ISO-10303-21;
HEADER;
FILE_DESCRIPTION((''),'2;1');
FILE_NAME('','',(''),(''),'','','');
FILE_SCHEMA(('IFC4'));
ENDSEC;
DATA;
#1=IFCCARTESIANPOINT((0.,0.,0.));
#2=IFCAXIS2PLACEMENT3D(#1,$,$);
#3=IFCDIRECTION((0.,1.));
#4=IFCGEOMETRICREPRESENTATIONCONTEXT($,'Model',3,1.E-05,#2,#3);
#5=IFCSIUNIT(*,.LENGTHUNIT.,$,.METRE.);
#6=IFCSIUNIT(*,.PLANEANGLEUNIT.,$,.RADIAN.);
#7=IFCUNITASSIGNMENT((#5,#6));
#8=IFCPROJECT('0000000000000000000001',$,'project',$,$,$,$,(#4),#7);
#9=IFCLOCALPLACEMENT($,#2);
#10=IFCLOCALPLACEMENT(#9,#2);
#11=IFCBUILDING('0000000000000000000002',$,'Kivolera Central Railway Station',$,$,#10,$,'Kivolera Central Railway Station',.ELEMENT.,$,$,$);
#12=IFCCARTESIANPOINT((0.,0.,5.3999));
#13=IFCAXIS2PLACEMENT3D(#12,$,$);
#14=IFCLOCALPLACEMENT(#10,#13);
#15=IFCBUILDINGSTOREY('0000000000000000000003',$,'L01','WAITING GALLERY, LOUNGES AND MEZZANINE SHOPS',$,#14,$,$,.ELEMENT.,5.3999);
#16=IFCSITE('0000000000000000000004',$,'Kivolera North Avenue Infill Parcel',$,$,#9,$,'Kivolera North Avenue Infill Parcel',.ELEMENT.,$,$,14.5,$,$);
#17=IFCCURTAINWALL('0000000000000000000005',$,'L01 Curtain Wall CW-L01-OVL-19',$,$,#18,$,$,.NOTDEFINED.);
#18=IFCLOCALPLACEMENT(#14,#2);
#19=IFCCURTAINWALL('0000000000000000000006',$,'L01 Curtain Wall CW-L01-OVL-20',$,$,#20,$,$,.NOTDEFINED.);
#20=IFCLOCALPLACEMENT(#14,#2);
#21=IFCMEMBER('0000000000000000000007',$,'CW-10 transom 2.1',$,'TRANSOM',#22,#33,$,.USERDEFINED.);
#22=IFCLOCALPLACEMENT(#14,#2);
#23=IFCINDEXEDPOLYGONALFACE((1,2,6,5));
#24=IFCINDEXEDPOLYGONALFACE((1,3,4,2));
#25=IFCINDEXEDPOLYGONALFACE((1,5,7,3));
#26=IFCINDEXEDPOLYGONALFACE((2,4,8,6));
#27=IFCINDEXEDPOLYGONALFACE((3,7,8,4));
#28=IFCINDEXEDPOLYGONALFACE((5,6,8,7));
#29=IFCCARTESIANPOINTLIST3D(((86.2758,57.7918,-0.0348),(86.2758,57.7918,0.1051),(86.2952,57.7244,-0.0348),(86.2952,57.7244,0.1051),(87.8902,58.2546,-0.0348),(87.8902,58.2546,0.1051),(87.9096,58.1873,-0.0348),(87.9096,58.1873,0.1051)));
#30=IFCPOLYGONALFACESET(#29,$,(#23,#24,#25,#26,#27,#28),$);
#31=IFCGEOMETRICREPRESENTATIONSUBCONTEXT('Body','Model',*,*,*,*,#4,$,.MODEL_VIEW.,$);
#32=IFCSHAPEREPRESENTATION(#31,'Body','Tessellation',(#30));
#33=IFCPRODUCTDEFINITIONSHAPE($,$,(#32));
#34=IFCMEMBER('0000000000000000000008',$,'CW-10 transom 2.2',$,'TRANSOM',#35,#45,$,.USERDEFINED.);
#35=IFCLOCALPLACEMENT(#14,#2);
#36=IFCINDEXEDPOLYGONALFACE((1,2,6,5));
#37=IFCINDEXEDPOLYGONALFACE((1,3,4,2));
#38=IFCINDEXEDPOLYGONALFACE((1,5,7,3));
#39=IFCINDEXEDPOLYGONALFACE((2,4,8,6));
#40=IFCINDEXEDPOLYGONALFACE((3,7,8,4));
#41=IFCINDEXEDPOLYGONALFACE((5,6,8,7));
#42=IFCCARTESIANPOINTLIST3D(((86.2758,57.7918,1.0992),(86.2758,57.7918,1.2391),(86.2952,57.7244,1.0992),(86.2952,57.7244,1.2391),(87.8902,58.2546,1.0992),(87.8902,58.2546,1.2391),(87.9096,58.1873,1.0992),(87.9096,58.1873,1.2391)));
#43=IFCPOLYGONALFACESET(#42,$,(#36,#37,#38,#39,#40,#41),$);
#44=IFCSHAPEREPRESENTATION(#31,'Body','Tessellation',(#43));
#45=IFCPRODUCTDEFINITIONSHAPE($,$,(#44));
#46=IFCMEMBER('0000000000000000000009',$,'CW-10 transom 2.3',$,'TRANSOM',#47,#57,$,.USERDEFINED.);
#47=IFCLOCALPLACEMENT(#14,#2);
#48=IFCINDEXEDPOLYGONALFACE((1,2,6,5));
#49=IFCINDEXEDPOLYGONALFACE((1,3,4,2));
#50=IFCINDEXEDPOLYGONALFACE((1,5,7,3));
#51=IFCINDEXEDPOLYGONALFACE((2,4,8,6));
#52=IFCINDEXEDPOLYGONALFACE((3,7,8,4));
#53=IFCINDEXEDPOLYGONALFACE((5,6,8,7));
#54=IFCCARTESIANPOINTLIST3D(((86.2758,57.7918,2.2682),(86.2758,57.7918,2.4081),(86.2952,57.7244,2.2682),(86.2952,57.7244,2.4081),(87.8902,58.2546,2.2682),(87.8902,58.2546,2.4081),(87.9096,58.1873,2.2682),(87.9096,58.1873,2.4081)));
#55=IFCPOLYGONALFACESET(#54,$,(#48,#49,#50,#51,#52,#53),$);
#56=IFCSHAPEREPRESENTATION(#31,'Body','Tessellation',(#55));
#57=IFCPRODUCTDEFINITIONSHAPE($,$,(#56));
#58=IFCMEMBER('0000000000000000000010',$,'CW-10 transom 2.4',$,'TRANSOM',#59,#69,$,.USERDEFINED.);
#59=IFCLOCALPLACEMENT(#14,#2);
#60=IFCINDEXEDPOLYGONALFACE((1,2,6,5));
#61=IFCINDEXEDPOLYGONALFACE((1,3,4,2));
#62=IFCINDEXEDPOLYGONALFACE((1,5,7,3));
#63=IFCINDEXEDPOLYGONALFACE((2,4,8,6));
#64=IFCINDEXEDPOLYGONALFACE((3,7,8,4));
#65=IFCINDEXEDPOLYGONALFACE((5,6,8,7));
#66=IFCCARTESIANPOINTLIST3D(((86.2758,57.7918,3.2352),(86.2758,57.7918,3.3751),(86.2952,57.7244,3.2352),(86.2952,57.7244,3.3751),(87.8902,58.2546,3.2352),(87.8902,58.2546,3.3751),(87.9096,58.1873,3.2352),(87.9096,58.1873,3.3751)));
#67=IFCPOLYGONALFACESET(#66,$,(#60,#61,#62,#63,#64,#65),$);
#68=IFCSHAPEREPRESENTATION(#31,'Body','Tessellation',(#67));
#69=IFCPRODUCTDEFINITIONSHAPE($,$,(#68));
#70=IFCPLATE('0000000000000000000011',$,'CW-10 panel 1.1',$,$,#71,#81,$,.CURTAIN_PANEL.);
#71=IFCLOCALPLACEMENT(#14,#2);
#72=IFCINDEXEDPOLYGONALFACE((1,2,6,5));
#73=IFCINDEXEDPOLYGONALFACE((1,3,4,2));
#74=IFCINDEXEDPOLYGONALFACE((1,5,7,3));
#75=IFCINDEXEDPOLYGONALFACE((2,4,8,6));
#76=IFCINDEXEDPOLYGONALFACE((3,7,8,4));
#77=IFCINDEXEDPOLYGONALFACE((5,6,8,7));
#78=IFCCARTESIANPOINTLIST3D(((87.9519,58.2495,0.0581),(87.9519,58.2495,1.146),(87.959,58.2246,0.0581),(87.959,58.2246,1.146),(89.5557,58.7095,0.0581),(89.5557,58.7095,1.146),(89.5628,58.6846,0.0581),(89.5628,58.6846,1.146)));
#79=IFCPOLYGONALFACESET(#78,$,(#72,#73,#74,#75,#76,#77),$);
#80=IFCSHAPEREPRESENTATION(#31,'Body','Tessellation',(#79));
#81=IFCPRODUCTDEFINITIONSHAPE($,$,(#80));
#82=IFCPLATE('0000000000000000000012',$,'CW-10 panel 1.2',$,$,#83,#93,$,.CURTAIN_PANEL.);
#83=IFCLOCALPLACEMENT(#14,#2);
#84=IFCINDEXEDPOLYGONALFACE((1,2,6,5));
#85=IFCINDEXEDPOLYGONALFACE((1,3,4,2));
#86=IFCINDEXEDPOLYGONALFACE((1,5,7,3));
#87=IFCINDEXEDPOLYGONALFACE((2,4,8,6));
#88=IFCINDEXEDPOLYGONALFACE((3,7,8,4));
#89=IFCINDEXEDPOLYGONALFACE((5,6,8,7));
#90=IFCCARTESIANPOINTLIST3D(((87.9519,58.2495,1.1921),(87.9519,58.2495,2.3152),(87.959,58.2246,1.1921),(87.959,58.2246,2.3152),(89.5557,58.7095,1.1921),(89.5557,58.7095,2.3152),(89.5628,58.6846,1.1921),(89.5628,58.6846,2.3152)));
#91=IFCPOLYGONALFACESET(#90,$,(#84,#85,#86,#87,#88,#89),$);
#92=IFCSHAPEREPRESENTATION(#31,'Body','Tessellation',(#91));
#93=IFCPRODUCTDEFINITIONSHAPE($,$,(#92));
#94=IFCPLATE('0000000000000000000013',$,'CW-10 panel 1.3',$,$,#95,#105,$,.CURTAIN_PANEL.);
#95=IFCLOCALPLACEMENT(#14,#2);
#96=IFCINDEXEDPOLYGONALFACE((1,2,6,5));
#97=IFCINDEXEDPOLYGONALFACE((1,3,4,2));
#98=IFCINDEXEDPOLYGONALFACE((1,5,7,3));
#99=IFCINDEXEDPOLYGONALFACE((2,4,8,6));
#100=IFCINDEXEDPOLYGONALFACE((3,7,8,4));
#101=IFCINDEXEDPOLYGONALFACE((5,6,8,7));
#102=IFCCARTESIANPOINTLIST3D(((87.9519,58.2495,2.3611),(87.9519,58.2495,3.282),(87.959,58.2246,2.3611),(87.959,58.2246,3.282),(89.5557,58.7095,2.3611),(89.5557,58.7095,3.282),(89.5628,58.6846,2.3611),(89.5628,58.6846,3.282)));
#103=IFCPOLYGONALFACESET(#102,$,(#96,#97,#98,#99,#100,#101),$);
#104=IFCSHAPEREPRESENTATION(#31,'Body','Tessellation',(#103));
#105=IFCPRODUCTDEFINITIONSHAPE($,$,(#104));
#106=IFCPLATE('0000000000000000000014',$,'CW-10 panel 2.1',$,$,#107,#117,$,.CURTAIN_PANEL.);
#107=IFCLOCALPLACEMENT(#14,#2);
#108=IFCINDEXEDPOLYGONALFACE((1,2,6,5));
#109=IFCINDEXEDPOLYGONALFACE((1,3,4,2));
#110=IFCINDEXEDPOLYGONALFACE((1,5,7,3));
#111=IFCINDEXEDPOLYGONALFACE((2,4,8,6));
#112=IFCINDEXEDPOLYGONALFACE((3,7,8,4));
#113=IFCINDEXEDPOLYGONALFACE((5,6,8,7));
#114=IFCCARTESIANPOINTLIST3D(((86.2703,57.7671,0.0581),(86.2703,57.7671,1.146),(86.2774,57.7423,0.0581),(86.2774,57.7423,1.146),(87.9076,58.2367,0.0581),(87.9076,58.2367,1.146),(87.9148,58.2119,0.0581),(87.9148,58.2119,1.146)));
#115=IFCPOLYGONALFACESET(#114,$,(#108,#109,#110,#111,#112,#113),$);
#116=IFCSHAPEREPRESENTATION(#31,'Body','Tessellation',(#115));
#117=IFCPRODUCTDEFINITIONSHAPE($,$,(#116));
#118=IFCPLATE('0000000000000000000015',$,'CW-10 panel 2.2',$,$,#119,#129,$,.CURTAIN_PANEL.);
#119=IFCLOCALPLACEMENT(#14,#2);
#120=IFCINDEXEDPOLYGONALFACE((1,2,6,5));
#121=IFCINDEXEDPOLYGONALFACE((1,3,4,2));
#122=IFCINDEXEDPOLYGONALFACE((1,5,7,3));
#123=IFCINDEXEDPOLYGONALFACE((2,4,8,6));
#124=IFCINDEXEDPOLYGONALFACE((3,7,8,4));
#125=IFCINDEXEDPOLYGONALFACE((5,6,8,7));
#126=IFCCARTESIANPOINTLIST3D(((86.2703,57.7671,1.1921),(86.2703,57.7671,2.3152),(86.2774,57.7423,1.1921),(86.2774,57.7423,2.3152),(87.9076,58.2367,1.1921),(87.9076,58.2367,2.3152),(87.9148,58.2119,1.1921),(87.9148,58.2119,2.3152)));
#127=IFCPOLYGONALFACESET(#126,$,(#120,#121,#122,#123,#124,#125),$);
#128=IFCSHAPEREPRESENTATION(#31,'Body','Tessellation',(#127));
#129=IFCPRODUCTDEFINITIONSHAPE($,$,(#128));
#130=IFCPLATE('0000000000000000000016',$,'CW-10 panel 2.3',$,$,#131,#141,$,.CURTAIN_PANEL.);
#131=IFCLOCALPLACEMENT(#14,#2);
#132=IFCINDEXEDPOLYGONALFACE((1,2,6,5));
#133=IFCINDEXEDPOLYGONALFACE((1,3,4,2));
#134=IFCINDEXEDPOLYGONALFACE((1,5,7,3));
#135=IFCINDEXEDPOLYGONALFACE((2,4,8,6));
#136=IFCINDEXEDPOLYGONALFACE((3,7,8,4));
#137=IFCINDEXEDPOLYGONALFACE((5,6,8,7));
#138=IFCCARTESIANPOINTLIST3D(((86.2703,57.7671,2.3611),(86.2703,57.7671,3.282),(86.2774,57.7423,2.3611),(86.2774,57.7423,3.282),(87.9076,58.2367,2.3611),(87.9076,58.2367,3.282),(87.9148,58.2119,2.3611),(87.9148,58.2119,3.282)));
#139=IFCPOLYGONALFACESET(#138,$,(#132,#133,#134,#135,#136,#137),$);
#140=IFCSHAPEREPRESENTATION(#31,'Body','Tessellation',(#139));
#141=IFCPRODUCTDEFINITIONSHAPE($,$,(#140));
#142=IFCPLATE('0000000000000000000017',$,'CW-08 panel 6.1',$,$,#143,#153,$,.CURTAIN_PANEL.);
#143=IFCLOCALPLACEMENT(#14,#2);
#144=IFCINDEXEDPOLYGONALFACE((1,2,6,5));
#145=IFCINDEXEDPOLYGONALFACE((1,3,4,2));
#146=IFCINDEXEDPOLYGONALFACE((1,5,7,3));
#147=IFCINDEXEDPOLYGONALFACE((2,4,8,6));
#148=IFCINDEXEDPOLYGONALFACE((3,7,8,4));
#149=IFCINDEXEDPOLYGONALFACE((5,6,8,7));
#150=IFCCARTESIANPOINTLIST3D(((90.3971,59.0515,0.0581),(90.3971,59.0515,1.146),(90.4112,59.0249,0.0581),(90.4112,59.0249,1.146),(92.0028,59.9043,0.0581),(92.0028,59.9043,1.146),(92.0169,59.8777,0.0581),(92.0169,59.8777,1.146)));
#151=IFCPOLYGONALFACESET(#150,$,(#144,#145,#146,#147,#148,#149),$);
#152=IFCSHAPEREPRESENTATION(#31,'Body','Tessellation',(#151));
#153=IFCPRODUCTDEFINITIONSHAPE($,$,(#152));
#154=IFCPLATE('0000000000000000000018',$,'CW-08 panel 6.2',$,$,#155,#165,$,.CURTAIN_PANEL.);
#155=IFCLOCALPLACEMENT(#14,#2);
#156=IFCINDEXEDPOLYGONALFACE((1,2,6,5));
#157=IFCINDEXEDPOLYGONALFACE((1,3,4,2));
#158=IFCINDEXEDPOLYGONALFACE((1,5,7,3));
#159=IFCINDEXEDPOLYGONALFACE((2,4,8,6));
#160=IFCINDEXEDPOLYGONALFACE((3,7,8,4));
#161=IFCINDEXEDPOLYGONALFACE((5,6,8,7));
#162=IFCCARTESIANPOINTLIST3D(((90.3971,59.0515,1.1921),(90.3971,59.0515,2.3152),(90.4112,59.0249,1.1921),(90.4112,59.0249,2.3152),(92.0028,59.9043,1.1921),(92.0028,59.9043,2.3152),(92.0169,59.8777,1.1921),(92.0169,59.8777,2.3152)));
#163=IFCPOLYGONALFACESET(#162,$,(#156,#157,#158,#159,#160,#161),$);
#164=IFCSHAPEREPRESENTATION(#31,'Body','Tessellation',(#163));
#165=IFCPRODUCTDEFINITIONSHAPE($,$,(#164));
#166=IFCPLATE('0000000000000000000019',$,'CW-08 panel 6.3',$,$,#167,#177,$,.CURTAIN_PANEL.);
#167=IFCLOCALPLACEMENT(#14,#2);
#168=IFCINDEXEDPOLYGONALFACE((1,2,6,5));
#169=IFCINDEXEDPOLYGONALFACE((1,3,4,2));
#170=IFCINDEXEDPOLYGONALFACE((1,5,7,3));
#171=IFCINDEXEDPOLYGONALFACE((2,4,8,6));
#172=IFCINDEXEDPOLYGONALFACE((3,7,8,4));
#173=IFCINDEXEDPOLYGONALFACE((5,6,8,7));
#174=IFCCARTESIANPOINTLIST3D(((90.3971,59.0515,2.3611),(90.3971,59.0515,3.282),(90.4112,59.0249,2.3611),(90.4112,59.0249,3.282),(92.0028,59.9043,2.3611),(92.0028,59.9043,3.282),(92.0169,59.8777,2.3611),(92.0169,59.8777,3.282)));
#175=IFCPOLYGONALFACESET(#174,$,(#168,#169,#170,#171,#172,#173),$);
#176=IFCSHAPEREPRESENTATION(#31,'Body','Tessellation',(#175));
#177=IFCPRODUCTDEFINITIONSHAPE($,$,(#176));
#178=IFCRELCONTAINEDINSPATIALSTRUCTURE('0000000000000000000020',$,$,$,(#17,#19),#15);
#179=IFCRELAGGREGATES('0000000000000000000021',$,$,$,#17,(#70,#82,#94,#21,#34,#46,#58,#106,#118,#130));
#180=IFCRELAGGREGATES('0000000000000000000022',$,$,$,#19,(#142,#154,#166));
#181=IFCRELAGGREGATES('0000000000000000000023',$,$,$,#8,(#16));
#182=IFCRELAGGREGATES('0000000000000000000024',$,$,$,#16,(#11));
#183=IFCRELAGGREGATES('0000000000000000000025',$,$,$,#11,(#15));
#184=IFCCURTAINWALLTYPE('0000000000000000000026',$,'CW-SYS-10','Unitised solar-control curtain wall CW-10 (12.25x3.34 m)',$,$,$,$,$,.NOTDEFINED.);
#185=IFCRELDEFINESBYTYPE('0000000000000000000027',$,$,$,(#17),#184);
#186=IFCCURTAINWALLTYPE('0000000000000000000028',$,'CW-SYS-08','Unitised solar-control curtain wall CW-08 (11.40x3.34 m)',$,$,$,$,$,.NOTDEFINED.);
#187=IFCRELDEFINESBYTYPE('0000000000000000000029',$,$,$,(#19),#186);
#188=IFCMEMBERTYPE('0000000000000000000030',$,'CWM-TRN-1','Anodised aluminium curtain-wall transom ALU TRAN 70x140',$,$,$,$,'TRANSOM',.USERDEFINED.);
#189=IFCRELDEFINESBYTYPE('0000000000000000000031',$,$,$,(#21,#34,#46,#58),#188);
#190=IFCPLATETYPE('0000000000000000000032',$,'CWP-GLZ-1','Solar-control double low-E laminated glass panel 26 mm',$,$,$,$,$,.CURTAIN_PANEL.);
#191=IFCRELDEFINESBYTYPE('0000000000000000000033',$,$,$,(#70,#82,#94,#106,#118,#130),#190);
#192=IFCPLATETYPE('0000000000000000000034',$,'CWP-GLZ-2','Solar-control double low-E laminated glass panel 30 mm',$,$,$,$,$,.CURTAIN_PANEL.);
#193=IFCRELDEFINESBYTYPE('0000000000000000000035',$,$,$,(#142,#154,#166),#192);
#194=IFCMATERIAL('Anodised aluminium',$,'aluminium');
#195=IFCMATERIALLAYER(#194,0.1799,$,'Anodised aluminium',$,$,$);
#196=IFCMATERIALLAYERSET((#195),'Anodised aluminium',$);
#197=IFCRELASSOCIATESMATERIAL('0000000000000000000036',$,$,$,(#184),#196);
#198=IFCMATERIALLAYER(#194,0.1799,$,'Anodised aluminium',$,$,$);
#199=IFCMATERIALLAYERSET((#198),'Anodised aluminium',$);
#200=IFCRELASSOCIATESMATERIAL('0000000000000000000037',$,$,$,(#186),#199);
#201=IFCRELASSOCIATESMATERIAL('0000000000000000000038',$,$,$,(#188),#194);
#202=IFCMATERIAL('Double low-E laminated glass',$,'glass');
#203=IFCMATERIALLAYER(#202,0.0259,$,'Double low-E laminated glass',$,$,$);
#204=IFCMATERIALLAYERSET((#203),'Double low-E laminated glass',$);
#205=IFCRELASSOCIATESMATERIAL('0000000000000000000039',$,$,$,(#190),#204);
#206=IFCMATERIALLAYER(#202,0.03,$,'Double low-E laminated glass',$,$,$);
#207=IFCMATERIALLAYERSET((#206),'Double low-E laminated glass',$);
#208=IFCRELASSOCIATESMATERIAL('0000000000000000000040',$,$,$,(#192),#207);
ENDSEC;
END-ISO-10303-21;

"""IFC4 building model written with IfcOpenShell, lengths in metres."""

from ifc_helpers import new_model, si_unit, direction, frame, origin, origin_2d, place, context, subcontext, project, spatial, rectangle, extrude, material, layer, layer_set, material_profile, profile_set, type_object, element, aggregate, save


model = new_model("IFC4")

# Units and contexts
model_context = context("Model", 3, precision=1e-05, world=origin(), true_north=direction((0.0, 1.0)))
body_context = subcontext(model_context, "Body", "Model", "MODEL_VIEW")
ifc_project = project(units=[si_unit("LENGTHUNIT", "METRE"), si_unit("PLANEANGLEUNIT", "RADIAN")], contexts=[model_context])

# Site, building, storey
site_placement = place(None, origin())
site = spatial("IfcSite", under=ifc_project, at=site_placement, Name="Kivolera North Avenue Infill Parcel", LongName="Kivolera North Avenue Infill Parcel", CompositionType="ELEMENT", RefElevation=14.5)
building_placement = place(site_placement, origin())
building = spatial("IfcBuilding", under=site, at=building_placement, Name="Kivolera Central Railway Station", LongName="Kivolera Central Railway Station", CompositionType="ELEMENT")
storey_placement = place(building_placement, frame((0.0, 0.0, 5.3999)))
storey = spatial("IfcBuildingStorey", under=building, at=storey_placement, Name="L01", Description="WAITING GALLERY, LOUNGES AND MEZZANINE SHOPS", CompositionType="ELEMENT", Elevation=5.3999)

# Curtain wall
ifc_material_1 = material(Name="Anodised aluminium", Category="aluminium")
ifc_layer_1 = layer(ifc_material_1, 0.1799, Name="Anodised aluminium")
ifc_layer_set_1 = layer_set([ifc_layer_1], Name="Anodised aluminium")
curtain_wall_type_1 = type_object("IfcCurtainWallType", Name="CW-SYS-10", Description="Unitised solar-control curtain wall CW-10 (12.25x3.34 m)", PredefinedType="NOTDEFINED", material=ifc_layer_set_1)
curtain_wall_1_placement = place(storey_placement, origin())
curtain_wall_1 = element("IfcCurtainWall", 1, at=curtain_wall_1_placement, inside=storey, type_object=curtain_wall_type_1, Name="L01 Curtain Wall CW-L01-OVL-19", PredefinedType="NOTDEFINED")

# Curtain wall
ifc_layer_2 = layer(ifc_material_1, 0.1799, Name="Anodised aluminium")
ifc_layer_set_2 = layer_set([ifc_layer_2], Name="Anodised aluminium")
curtain_wall_type_2 = type_object("IfcCurtainWallType", Name="CW-SYS-08", Description="Unitised solar-control curtain wall CW-08 (11.40x3.34 m)", PredefinedType="NOTDEFINED", material=ifc_layer_set_2)
curtain_wall_2_placement = place(storey_placement, origin())
curtain_wall_2 = element("IfcCurtainWall", 2, at=curtain_wall_2_placement, inside=storey, type_object=curtain_wall_type_2, Name="L01 Curtain Wall CW-L01-OVL-20", PredefinedType="NOTDEFINED")

# Members
ifc_material_profile_1 = material_profile(ifc_material_1, rectangle(XDim=0.0701, YDim=0.1399, at=origin_2d()), Name="ALU TRAN 70x140")
ifc_profile_set_1 = profile_set([ifc_material_profile_1], Name="Anodised aluminium")
member_type_1 = type_object("IfcMemberType", Name="CWM-TRN-1", Description="Anodised aluminium curtain-wall transom ALU TRAN 70x140", ElementType="TRANSOM", PredefinedType="USERDEFINED", material=ifc_profile_set_1)
member_1_placement = place(storey_placement, frame((87.8999, 58.2209, 0.0352), z_axis=(-0.961271, -0.275604, 0.0), x_axis=(0.275604, -0.961271, 0.0)))
member_1 = element("IfcMember", 3, at=member_1_placement, type_object=member_type_1, Name="CW-10 transom 2.1", ObjectType="TRANSOM", PredefinedType="USERDEFINED", context=body_context, shape_type="SweptSolid", body=[
    extrude(rectangle(XDim=0.0701, YDim=0.1399, at=origin_2d()), origin(), (0.0, 0.0, 1.0), 1.6794),
])
member_2_placement = place(storey_placement, frame((87.8999, 58.2209, 1.1692), z_axis=(-0.961271, -0.275604, 0.0), x_axis=(0.275604, -0.961271, 0.0)))
member_2 = element("IfcMember", 4, at=member_2_placement, type_object=member_type_1, Name="CW-10 transom 2.2", ObjectType="TRANSOM", PredefinedType="USERDEFINED", context=body_context, shape_type="SweptSolid", body=[
    extrude(rectangle(XDim=0.0701, YDim=0.1399, at=origin_2d()), origin(), (0.0, 0.0, 1.0), 1.6794),
])
member_3_placement = place(storey_placement, frame((87.8999, 58.2209, 2.3381), z_axis=(-0.961271, -0.275604, 0.0), x_axis=(0.275604, -0.961271, 0.0)))
member_3 = element("IfcMember", 5, at=member_3_placement, type_object=member_type_1, Name="CW-10 transom 2.3", ObjectType="TRANSOM", PredefinedType="USERDEFINED", context=body_context, shape_type="SweptSolid", body=[
    extrude(rectangle(XDim=0.0701, YDim=0.1399, at=origin_2d()), origin(), (0.0, 0.0, 1.0), 1.6794),
])
member_4_placement = place(storey_placement, frame((87.8999, 58.2209, 3.3052), z_axis=(-0.961271, -0.275604, 0.0), x_axis=(0.275604, -0.961271, 0.0)))
member_4 = element("IfcMember", 6, at=member_4_placement, type_object=member_type_1, Name="CW-10 transom 2.4", ObjectType="TRANSOM", PredefinedType="USERDEFINED", context=body_context, shape_type="SweptSolid", body=[
    extrude(rectangle(XDim=0.0701, YDim=0.1399, at=origin_2d()), origin(), (0.0, 0.0, 1.0), 1.6794),
])

# Plates
ifc_material_2 = material(Name="Double low-E laminated glass", Category="glass")
ifc_layer_3 = layer(ifc_material_2, 0.0259, Name="Double low-E laminated glass")
ifc_layer_set_3 = layer_set([ifc_layer_3], Name="Double low-E laminated glass")
plate_type_1 = type_object("IfcPlateType", Name="CWP-GLZ-1", Description="Solar-control double low-E laminated glass panel 26 mm", PredefinedType="CURTAIN_PANEL", material=ifc_layer_set_3)
plate_1_placement = place(storey_placement, frame((88.7573, 58.467, 0.0581), z_axis=(0.0, 0.0, 1.0), x_axis=(-0.961246, -0.275692, 0.0)))
plate_1 = element("IfcPlate", 7, at=plate_1_placement, type_object=plate_type_1, Name="CW-10 panel 1.1", PredefinedType="CURTAIN_PANEL", context=body_context, shape_type="SweptSolid", body=[
    extrude(rectangle(XDim=1.6685, YDim=0.0259, at=origin_2d()), origin(), (0.0, 0.0, 1.0), 1.0879),
])
plate_2_placement = place(storey_placement, frame((88.7573, 58.467, 1.1921), z_axis=(0.0, 0.0, 1.0), x_axis=(-0.961246, -0.275692, 0.0)))
plate_2 = element("IfcPlate", 8, at=plate_2_placement, type_object=plate_type_1, Name="CW-10 panel 1.2", PredefinedType="CURTAIN_PANEL", context=body_context, shape_type="SweptSolid", body=[
    extrude(rectangle(XDim=1.6685, YDim=0.0259, at=origin_2d()), origin(), (0.0, 0.0, 1.0), 1.123),
])
plate_3_placement = place(storey_placement, frame((88.7573, 58.467, 2.3611), z_axis=(0.0, 0.0, 1.0), x_axis=(-0.961246, -0.275692, 0.0)))
plate_3 = element("IfcPlate", 9, at=plate_3_placement, type_object=plate_type_1, Name="CW-10 panel 1.3", PredefinedType="CURTAIN_PANEL", context=body_context, shape_type="SweptSolid", body=[
    extrude(rectangle(XDim=1.6685, YDim=0.0259, at=origin_2d()), origin(), (0.0, 0.0, 1.0), 0.9209),
])
plate_4_placement = place(storey_placement, frame((87.0925, 57.9895, 0.0581), z_axis=(0.0, 0.0, 1.0), x_axis=(-0.961246, -0.275692, 0.0)))
plate_4 = element("IfcPlate", 10, at=plate_4_placement, type_object=plate_type_1, Name="CW-10 panel 2.1", PredefinedType="CURTAIN_PANEL", context=body_context, shape_type="SweptSolid", body=[
    extrude(rectangle(XDim=1.7034, YDim=0.0259, at=origin_2d()), origin(), (0.0, 0.0, 1.0), 1.0879),
])
plate_5_placement = place(storey_placement, frame((87.0925, 57.9895, 1.1921), z_axis=(0.0, 0.0, 1.0), x_axis=(-0.961246, -0.275692, 0.0)))
plate_5 = element("IfcPlate", 11, at=plate_5_placement, type_object=plate_type_1, Name="CW-10 panel 2.2", PredefinedType="CURTAIN_PANEL", context=body_context, shape_type="SweptSolid", body=[
    extrude(rectangle(XDim=1.7034, YDim=0.0259, at=origin_2d()), origin(), (0.0, 0.0, 1.0), 1.123),
])
plate_6_placement = place(storey_placement, frame((87.0925, 57.9895, 2.3611), z_axis=(0.0, 0.0, 1.0), x_axis=(-0.961246, -0.275692, 0.0)))
plate_6 = element("IfcPlate", 12, at=plate_6_placement, type_object=plate_type_1, Name="CW-10 panel 2.3", PredefinedType="CURTAIN_PANEL", context=body_context, shape_type="SweptSolid", body=[
    extrude(rectangle(XDim=1.7034, YDim=0.0259, at=origin_2d()), origin(), (0.0, 0.0, 1.0), 0.9209),
])
aggregate(curtain_wall_1, [plate_1, plate_2, plate_3, member_1, member_2, member_3, member_4, plate_4, plate_5, plate_6])
ifc_layer_4 = layer(ifc_material_2, 0.03, Name="Double low-E laminated glass")
ifc_layer_set_4 = layer_set([ifc_layer_4], Name="Double low-E laminated glass")
plate_type_2 = type_object("IfcPlateType", Name="CWP-GLZ-2", Description="Solar-control double low-E laminated glass panel 30 mm", PredefinedType="CURTAIN_PANEL", material=ifc_layer_set_4)
plate_7_placement = place(storey_placement, frame((91.207, 59.4646, 0.0581), z_axis=(0.0, 0.0, 1.0), x_axis=(-0.88317, -0.469053, 0.0)))
plate_7 = element("IfcPlate", 13, at=plate_7_placement, type_object=plate_type_2, Name="CW-08 panel 6.1", PredefinedType="CURTAIN_PANEL", context=body_context, shape_type="SweptSolid", body=[
    extrude(rectangle(XDim=1.8181, YDim=0.03, at=origin_2d()), origin(), (0.0, 0.0, 1.0), 1.0879),
])
plate_8_placement = place(storey_placement, frame((91.207, 59.4646, 1.1921), z_axis=(0.0, 0.0, 1.0), x_axis=(-0.88317, -0.469053, 0.0)))
plate_8 = element("IfcPlate", 14, at=plate_8_placement, type_object=plate_type_2, Name="CW-08 panel 6.2", PredefinedType="CURTAIN_PANEL", context=body_context, shape_type="SweptSolid", body=[
    extrude(rectangle(XDim=1.8181, YDim=0.03, at=origin_2d()), origin(), (0.0, 0.0, 1.0), 1.123),
])
plate_9_placement = place(storey_placement, frame((91.207, 59.4646, 2.3611), z_axis=(0.0, 0.0, 1.0), x_axis=(-0.88317, -0.469053, 0.0)))
plate_9 = element("IfcPlate", 15, at=plate_9_placement, type_object=plate_type_2, Name="CW-08 panel 6.3", PredefinedType="CURTAIN_PANEL", context=body_context, shape_type="SweptSolid", body=[
    extrude(rectangle(XDim=1.8181, YDim=0.03, at=origin_2d()), origin(), (0.0, 0.0, 1.0), 0.9209),
])
aggregate(curtain_wall_2, [plate_7, plate_8, plate_9])

save(model, "model.ifc")
